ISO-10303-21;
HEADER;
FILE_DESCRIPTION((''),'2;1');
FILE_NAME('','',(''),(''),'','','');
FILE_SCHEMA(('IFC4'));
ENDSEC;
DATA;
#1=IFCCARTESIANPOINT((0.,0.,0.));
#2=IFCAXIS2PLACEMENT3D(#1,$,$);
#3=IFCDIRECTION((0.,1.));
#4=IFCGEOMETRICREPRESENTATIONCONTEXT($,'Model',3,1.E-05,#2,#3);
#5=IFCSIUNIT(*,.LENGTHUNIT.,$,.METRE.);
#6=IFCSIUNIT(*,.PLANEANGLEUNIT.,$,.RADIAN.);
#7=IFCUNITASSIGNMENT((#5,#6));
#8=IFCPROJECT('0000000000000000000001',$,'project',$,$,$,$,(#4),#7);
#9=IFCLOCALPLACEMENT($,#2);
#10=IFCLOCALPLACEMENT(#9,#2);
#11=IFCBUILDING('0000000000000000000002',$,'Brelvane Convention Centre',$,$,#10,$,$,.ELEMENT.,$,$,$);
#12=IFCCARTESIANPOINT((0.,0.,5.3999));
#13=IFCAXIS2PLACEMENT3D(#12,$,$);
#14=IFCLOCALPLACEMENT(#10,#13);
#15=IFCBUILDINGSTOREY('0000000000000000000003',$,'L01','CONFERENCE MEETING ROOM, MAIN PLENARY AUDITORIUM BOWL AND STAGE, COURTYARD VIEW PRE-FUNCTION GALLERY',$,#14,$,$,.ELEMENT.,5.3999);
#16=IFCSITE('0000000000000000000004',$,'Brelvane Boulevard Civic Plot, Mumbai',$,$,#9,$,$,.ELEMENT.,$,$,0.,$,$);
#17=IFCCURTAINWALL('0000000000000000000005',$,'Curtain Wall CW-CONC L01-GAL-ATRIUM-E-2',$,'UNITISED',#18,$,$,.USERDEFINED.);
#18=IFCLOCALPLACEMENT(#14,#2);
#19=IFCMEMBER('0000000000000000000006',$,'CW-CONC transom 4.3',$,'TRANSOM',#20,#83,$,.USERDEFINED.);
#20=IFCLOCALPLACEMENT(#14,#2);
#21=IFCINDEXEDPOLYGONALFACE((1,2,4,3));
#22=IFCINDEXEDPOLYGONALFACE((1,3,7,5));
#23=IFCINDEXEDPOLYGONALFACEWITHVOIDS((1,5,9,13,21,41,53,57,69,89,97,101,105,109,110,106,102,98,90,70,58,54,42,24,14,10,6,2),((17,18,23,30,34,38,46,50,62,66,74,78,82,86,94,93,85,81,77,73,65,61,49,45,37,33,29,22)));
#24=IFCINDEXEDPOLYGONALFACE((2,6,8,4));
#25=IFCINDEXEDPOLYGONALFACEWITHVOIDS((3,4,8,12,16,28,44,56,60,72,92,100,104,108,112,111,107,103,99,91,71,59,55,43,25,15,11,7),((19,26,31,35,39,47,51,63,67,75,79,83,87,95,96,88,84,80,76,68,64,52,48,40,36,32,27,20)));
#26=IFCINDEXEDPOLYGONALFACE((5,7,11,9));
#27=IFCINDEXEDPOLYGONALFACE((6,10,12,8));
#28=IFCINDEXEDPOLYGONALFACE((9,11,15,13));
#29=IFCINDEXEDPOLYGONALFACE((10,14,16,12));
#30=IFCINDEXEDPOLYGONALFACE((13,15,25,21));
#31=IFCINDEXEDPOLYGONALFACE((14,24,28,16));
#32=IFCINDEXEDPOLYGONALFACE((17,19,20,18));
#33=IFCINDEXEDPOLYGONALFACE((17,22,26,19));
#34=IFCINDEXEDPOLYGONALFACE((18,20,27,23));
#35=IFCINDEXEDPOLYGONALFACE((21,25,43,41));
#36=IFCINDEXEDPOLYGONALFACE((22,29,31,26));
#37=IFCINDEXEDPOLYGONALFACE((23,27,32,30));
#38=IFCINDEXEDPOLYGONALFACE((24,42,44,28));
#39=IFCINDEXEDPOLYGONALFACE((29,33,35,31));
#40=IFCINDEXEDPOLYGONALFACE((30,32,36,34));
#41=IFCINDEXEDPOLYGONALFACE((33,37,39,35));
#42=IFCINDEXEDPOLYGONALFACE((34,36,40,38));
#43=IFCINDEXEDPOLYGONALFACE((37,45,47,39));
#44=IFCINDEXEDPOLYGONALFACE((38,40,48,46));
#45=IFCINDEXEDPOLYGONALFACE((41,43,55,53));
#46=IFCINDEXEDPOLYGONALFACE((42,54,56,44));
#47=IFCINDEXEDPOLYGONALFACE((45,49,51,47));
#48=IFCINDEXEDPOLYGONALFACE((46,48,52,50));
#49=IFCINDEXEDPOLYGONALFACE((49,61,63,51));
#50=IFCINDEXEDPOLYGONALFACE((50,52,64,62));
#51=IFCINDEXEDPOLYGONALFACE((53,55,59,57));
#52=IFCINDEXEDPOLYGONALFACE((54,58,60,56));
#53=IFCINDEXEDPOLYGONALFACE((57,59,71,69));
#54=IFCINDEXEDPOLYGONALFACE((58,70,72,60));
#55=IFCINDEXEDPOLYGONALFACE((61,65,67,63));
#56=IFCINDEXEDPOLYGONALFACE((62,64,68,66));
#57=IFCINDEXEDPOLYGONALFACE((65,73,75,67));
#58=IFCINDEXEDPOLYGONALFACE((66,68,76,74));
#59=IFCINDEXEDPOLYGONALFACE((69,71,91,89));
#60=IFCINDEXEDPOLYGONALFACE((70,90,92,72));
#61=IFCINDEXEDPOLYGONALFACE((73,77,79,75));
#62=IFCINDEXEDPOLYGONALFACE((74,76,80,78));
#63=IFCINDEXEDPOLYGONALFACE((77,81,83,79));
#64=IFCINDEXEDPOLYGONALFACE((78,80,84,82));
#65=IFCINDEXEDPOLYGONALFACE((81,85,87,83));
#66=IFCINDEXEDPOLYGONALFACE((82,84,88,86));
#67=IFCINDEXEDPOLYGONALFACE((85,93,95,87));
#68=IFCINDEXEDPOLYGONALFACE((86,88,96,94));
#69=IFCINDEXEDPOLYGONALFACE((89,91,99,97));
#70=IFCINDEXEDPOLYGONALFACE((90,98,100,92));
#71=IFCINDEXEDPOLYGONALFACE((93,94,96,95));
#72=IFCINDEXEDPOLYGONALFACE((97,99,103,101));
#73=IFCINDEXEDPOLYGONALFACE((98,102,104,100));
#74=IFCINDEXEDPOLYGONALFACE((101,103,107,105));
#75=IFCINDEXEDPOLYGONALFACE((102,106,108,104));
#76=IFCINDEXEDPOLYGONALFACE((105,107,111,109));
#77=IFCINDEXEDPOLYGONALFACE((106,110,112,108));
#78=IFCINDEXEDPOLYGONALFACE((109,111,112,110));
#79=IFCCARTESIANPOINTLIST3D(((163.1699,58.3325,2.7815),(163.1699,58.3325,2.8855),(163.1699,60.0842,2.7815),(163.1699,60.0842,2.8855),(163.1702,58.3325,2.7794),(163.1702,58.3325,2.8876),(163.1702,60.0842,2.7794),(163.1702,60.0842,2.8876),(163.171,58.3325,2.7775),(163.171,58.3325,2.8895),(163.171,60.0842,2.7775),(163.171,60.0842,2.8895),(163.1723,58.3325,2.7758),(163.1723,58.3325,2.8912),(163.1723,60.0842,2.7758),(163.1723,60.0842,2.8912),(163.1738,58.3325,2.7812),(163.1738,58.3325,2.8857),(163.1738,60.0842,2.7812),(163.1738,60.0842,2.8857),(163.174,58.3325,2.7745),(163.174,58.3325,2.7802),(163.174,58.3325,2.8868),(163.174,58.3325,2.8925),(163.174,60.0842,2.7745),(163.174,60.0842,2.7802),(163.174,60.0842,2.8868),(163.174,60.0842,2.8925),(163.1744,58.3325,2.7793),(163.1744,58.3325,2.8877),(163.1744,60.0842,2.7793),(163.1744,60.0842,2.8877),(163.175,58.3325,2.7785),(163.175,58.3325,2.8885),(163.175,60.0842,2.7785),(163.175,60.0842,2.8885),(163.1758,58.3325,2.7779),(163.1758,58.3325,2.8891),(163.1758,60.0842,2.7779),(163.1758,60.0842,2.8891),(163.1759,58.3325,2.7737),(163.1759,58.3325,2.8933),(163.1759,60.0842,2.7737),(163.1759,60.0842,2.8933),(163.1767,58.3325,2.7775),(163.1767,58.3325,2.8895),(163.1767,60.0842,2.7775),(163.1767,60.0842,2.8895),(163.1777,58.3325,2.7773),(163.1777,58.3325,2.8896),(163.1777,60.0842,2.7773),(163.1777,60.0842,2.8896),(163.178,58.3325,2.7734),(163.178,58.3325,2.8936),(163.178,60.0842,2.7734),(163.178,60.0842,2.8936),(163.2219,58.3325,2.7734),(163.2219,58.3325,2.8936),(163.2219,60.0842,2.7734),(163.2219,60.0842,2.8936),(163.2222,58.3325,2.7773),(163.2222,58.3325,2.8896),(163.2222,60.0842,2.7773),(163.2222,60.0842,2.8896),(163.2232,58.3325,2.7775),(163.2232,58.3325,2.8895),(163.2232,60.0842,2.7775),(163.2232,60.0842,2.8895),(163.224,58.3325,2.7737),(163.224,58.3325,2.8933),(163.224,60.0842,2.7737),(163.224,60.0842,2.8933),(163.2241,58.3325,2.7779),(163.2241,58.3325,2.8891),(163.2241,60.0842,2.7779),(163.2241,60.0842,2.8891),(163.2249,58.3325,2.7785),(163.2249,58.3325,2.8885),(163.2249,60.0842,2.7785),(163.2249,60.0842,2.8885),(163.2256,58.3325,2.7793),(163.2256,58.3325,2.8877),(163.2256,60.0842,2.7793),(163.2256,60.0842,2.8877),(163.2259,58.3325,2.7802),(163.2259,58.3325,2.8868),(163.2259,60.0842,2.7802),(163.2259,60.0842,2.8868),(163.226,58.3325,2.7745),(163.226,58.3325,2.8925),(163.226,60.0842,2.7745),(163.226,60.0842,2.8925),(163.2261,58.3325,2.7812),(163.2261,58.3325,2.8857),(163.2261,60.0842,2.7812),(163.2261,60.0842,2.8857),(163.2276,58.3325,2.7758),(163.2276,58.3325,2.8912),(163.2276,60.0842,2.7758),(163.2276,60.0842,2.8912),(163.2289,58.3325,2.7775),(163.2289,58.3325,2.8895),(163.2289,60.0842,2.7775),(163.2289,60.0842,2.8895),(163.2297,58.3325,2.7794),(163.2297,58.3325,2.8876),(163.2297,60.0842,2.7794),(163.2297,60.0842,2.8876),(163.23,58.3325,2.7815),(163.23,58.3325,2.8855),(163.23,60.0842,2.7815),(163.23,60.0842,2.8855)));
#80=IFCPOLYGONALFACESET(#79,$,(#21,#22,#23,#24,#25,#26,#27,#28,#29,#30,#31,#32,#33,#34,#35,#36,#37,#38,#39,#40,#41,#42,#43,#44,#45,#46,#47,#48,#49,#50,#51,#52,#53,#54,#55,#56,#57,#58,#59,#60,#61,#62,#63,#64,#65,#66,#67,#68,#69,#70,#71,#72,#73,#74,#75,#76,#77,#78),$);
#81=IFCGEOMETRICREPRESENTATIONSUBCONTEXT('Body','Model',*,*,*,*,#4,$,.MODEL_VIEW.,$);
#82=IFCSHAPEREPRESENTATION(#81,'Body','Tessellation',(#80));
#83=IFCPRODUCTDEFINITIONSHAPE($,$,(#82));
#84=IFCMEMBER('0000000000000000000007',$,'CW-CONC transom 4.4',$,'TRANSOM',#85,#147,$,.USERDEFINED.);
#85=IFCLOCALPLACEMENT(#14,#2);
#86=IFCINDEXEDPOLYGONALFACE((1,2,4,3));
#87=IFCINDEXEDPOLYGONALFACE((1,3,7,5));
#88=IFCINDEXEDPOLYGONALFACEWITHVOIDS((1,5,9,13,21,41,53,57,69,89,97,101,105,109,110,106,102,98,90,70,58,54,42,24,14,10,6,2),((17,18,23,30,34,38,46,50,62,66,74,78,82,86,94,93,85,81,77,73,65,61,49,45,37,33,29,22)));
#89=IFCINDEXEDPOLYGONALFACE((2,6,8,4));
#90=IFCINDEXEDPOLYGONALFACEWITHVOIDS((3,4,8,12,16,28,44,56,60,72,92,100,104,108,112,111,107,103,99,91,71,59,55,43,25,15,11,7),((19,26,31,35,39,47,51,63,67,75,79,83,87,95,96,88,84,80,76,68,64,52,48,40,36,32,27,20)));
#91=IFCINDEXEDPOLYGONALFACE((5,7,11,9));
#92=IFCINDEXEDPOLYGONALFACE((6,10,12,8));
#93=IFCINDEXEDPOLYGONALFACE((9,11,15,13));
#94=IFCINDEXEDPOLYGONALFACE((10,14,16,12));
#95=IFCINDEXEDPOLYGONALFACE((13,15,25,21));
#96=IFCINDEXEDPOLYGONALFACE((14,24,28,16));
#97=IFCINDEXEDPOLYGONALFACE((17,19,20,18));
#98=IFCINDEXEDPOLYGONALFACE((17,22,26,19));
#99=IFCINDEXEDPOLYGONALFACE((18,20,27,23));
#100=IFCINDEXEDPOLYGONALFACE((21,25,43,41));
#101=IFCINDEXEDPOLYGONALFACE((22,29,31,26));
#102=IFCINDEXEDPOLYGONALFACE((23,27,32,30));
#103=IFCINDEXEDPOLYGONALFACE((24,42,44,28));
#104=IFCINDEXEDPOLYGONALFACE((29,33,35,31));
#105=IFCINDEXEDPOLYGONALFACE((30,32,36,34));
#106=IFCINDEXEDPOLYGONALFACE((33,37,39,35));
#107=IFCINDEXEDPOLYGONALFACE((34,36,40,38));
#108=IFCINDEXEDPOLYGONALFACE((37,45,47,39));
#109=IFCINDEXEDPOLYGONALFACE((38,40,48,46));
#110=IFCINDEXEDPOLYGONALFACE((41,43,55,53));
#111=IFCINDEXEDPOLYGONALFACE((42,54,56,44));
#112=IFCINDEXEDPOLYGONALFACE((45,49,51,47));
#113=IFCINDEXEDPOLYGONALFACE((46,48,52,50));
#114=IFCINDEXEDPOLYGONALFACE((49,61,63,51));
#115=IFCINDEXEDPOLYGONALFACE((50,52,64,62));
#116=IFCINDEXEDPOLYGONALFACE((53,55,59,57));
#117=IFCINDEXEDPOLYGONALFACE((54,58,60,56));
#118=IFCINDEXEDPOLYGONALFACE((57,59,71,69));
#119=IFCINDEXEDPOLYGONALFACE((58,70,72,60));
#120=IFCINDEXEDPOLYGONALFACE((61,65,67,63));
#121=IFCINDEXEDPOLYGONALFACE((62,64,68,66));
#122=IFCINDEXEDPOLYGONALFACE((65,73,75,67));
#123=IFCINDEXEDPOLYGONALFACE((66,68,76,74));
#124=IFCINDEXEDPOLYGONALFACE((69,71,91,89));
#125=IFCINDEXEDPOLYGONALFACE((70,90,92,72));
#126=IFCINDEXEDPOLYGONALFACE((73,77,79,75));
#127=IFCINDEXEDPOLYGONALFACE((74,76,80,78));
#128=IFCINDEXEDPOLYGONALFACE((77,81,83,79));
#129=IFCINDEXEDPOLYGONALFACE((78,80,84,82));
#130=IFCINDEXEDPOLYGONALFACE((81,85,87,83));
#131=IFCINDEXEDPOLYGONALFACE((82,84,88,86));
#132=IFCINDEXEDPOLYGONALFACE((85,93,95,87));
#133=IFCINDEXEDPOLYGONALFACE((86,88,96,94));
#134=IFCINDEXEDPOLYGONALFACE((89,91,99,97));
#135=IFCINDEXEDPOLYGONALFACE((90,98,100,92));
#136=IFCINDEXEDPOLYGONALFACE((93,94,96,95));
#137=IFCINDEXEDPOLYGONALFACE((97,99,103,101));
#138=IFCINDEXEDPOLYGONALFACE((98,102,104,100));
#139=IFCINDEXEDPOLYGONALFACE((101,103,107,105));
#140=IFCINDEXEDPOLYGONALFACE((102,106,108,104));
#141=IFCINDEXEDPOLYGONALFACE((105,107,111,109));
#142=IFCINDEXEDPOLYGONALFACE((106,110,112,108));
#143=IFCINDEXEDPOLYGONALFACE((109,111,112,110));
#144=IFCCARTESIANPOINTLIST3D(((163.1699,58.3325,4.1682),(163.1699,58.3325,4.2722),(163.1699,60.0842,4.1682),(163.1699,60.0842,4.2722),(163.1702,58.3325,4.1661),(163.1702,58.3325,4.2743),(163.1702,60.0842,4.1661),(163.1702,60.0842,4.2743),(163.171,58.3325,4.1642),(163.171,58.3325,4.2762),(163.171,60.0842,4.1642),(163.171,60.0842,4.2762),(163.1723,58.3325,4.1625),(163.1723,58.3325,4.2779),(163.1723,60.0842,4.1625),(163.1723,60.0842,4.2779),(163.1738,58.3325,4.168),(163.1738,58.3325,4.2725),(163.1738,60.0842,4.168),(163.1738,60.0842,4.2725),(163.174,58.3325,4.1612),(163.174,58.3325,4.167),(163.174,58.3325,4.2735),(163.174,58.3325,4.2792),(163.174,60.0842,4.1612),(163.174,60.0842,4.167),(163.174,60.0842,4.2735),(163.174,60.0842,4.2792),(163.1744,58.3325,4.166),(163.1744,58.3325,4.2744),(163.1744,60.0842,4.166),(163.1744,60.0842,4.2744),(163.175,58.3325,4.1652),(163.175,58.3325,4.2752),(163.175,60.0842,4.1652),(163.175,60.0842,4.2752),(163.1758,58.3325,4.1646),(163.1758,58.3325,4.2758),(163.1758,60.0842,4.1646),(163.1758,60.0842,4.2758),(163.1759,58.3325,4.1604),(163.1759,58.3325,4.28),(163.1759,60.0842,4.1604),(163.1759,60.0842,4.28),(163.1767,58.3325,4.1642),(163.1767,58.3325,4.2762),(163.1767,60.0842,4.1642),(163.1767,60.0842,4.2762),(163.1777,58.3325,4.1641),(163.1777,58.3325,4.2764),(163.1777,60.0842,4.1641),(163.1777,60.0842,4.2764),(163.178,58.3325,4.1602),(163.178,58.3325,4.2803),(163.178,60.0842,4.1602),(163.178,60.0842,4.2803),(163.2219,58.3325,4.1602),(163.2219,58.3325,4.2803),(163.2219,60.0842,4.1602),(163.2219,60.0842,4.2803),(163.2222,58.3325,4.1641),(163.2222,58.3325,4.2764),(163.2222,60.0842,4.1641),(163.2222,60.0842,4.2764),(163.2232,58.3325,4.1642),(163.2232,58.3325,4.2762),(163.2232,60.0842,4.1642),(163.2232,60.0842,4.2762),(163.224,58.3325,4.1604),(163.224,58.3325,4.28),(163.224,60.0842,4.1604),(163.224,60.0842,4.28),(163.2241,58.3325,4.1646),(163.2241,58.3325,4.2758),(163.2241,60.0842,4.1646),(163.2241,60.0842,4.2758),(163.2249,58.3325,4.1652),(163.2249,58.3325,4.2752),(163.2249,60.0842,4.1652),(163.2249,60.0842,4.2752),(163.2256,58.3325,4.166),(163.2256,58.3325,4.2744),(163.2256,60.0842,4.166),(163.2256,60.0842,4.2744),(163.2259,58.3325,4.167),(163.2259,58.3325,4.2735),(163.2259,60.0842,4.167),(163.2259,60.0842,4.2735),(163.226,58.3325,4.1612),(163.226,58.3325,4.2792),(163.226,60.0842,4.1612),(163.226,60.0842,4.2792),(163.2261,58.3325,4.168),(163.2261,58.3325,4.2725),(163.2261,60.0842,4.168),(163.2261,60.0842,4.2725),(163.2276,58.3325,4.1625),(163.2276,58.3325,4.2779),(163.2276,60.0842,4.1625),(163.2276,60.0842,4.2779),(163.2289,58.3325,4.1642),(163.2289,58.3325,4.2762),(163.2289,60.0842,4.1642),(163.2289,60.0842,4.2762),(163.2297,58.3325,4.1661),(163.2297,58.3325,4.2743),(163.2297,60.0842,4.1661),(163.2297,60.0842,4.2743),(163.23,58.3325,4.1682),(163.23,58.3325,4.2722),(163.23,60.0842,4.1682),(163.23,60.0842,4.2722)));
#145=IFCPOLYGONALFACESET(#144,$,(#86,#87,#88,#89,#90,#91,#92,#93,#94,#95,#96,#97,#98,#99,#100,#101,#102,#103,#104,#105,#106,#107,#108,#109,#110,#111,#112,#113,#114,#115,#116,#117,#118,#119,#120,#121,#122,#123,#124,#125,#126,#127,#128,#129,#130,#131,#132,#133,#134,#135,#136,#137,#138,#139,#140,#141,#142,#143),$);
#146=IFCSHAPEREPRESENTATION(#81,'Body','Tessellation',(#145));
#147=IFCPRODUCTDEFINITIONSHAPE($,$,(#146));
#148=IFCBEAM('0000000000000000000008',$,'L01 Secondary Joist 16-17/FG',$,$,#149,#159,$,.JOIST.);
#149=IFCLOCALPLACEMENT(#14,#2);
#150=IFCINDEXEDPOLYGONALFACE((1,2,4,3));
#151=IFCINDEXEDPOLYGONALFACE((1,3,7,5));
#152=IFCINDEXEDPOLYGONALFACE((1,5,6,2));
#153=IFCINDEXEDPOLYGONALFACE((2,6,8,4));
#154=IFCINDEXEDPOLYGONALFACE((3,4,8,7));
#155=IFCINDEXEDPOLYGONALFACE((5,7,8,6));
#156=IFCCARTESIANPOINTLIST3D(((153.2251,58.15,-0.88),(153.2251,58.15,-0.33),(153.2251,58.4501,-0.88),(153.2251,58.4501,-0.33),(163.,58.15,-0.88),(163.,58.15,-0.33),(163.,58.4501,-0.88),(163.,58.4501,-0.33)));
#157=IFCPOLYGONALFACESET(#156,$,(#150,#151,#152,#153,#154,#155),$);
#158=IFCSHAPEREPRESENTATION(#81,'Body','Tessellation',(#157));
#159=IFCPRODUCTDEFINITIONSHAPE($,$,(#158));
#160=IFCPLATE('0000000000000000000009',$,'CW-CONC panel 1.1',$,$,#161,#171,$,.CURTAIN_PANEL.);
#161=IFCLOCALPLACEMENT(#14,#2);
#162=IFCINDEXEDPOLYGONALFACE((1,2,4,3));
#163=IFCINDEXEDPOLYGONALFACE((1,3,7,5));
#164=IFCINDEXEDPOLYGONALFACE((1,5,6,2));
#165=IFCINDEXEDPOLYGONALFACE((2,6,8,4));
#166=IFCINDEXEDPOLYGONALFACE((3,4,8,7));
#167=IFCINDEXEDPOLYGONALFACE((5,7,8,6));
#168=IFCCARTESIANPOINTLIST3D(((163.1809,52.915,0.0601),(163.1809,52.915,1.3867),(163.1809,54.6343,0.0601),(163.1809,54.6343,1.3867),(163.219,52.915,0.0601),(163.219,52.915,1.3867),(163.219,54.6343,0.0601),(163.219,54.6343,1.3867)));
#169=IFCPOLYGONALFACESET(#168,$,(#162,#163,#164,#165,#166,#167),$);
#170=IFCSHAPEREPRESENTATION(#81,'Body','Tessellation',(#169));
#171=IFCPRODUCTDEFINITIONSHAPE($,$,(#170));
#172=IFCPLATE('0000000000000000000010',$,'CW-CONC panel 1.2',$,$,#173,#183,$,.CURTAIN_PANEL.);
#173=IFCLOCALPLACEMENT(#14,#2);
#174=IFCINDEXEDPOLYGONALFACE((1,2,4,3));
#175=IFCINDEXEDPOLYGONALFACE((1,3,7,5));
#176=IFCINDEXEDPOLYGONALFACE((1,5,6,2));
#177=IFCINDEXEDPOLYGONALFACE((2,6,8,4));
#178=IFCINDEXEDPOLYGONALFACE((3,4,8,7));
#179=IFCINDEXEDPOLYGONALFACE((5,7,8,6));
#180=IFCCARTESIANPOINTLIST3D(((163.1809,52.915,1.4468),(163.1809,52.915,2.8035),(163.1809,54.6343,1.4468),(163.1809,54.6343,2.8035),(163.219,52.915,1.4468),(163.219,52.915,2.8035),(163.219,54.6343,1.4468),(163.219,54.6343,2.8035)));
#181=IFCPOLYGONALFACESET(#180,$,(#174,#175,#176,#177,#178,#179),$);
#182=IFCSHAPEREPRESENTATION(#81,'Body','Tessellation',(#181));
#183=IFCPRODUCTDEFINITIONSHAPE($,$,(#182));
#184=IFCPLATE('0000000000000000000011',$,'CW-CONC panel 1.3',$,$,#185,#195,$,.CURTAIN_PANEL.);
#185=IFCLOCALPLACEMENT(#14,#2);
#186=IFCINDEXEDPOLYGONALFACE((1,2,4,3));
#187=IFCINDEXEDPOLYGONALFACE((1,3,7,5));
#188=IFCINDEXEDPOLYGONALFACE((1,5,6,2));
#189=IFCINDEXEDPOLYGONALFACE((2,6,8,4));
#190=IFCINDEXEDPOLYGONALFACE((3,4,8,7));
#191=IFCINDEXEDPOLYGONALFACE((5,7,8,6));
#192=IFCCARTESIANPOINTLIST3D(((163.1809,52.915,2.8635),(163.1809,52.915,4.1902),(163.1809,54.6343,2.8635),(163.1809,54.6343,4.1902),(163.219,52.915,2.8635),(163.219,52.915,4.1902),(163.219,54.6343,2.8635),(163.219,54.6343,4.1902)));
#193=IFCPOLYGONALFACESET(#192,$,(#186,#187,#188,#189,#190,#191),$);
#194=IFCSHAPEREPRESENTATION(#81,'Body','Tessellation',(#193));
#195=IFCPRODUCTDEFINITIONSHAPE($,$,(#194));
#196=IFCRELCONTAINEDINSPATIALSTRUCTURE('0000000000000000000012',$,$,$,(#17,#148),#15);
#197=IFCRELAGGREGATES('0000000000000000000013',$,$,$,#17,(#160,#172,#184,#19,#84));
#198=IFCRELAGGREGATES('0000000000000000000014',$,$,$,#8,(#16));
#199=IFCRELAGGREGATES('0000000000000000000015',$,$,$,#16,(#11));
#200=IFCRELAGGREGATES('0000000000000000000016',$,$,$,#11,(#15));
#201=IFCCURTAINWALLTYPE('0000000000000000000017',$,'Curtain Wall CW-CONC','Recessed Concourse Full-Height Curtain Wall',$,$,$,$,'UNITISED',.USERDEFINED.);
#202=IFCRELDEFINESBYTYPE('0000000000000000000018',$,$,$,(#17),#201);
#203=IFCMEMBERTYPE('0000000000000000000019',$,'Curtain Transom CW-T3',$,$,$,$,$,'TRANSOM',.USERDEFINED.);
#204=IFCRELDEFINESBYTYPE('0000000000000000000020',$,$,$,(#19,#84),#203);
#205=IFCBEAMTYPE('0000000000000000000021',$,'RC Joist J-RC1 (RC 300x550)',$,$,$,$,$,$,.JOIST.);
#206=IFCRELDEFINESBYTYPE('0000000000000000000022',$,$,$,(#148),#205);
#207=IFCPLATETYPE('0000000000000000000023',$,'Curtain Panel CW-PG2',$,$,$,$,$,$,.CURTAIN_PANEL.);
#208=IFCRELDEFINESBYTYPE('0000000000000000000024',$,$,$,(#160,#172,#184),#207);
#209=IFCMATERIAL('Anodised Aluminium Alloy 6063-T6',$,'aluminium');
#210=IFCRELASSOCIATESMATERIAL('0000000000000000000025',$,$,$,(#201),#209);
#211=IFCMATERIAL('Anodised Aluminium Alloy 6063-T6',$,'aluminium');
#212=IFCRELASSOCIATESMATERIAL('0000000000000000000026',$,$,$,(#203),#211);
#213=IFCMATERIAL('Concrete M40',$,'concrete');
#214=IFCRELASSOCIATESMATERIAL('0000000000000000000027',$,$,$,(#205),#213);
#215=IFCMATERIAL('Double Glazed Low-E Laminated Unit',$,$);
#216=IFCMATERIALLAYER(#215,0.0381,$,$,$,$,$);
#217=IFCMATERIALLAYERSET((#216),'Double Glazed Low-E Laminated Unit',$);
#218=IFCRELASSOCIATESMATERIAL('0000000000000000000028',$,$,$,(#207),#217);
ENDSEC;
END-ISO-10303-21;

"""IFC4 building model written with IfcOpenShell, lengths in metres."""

from ifc_helpers import new_model, si_unit, direction, frame, origin, origin_2d, place, context, subcontext, project, spatial, rectangle, hollow_rectangle, extrude, material, layer, layer_set, material_profile, profile_set, type_object, element, aggregate, save


model = new_model("IFC4")

# Units and contexts
model_context = context("Model", 3, precision=1e-05, world=origin(), true_north=direction((0.0, 1.0)))
body_context = subcontext(model_context, "Body", "Model", "MODEL_VIEW")
ifc_project = project(units=[si_unit("LENGTHUNIT", "METRE"), si_unit("PLANEANGLEUNIT", "RADIAN")], contexts=[model_context])

# Site, building, storey
site_placement = place(None, origin())
site = spatial("IfcSite", under=ifc_project, at=site_placement, Name="Brelvane Boulevard Civic Plot, Mumbai", CompositionType="ELEMENT", RefElevation=0.0)
building_placement = place(site_placement, origin())
building = spatial("IfcBuilding", under=site, at=building_placement, Name="Brelvane Convention Centre", CompositionType="ELEMENT")
storey_placement = place(building_placement, frame((0.0, 0.0, 5.3999)))
storey = spatial("IfcBuildingStorey", under=building, at=storey_placement, Name="L01", Description="CONFERENCE MEETING ROOM, MAIN PLENARY AUDITORIUM BOWL AND STAGE, COURTYARD VIEW PRE-FUNCTION GALLERY", CompositionType="ELEMENT", Elevation=5.3999)

# Curtain wall, members
ifc_material_1 = material(Name="Anodised Aluminium Alloy 6063-T6", Category="aluminium")
curtain_wall_type = type_object("IfcCurtainWallType", Name="Curtain Wall CW-CONC", Description="Recessed Concourse Full-Height Curtain Wall", ElementType="UNITISED", PredefinedType="USERDEFINED", material=ifc_material_1)
curtain_wall_placement = place(storey_placement, origin())
curtain_wall = element("IfcCurtainWall", 1, at=curtain_wall_placement, inside=storey, type_object=curtain_wall_type, Name="Curtain Wall CW-CONC L01-GAL-ATRIUM-E-2", ObjectType="UNITISED", PredefinedType="USERDEFINED")
ifc_material_2 = material(Name="Anodised Aluminium Alloy 6063-T6", Category="aluminium")
ifc_material_profile_1 = material_profile(ifc_material_2, hollow_rectangle(XDim=0.0601, YDim=0.1201, WallThickness=0.0039, InnerFilletRadius=0.0039, OuterFilletRadius=0.0081, at=origin_2d()), Name="ALU-T 120x60x4.0")
ifc_profile_set_1 = profile_set([ifc_material_profile_1], Name="Anodised Aluminium Alloy 6063-T6")
member_type_1 = type_object("IfcMemberType", Name="Curtain Transom CW-T3", ElementType="TRANSOM", PredefinedType="USERDEFINED", material=ifc_profile_set_1)
member_1_placement = place(storey_placement, frame((163.2, 58.3325, 2.8335), z_axis=(0.0, 1.0, 0.0), x_axis=(-1.0, 0.0, 0.0)))
member_1 = element("IfcMember", 2, at=member_1_placement, type_object=member_type_1, Name="CW-CONC transom 4.3", ObjectType="TRANSOM", PredefinedType="USERDEFINED", context=body_context, shape_type="SweptSolid", body=[
    extrude(hollow_rectangle(XDim=0.0601, YDim=0.1201, WallThickness=0.0039, InnerFilletRadius=0.0039, OuterFilletRadius=0.0081, at=origin_2d()), origin(), (0.0, 0.0, 1.0), 1.7517),
])
member_2_placement = place(storey_placement, frame((163.2, 58.3325, 4.2202), z_axis=(0.0, 1.0, 0.0), x_axis=(-1.0, 0.0, 0.0)))
member_2 = element("IfcMember", 3, at=member_2_placement, type_object=member_type_1, Name="CW-CONC transom 4.4", ObjectType="TRANSOM", PredefinedType="USERDEFINED", context=body_context, shape_type="SweptSolid", body=[
    extrude(hollow_rectangle(XDim=0.0601, YDim=0.1201, WallThickness=0.0039, InnerFilletRadius=0.0039, OuterFilletRadius=0.0081, at=origin_2d()), origin(), (0.0, 0.0, 1.0), 1.7517),
])

# Beam
ifc_material_3 = material(Name="Concrete M40", Category="concrete")
ifc_material_profile_2 = material_profile(ifc_material_3, rectangle(XDim=0.3, YDim=0.55, at=origin_2d()), Name="RC 300x550")
ifc_profile_set_2 = profile_set([ifc_material_profile_2], Name="Concrete M40")
beam_type = type_object("IfcBeamType", Name="RC Joist J-RC1 (RC 300x550)", PredefinedType="JOIST", material=ifc_profile_set_2)
beam_placement = place(storey_placement, frame((153.2251, 58.3, -0.605), z_axis=(1.0, 0.0, 0.0), x_axis=(0.0, 1.0, 0.0)))
element("IfcBeam", 4, at=beam_placement, inside=storey, type_object=beam_type, Name="L01 Secondary Joist 16-17/FG", PredefinedType="JOIST", context=body_context, shape_type="SweptSolid", body=[
    extrude(rectangle(XDim=0.3, YDim=0.55, at=origin_2d()), origin(), (0.0, 0.0, 1.0), 9.7749),
])

# Plates
ifc_material_4 = material(Name="Double Glazed Low-E Laminated Unit")
ifc_layer = layer(ifc_material_4, 0.0381)
ifc_layer_set = layer_set([ifc_layer], Name="Double Glazed Low-E Laminated Unit")
plate_type = type_object("IfcPlateType", Name="Curtain Panel CW-PG2", PredefinedType="CURTAIN_PANEL", material=ifc_layer_set)
plate_1_placement = place(storey_placement, frame((163.2, 53.7747, 0.0601), z_axis=(0.0, 0.0, 1.0), x_axis=(0.0, 1.0, 0.0)))
plate_1 = element("IfcPlate", 5, at=plate_1_placement, type_object=plate_type, Name="CW-CONC panel 1.1", PredefinedType="CURTAIN_PANEL", context=body_context, shape_type="SweptSolid", body=[
    extrude(rectangle(XDim=1.7192, YDim=0.0381, at=origin_2d()), origin(), (0.0, 0.0, 1.0), 1.3267),
])
plate_2_placement = place(storey_placement, frame((163.2, 53.7747, 1.4468), z_axis=(0.0, 0.0, 1.0), x_axis=(0.0, 1.0, 0.0)))
plate_2 = element("IfcPlate", 6, at=plate_2_placement, type_object=plate_type, Name="CW-CONC panel 1.2", PredefinedType="CURTAIN_PANEL", context=body_context, shape_type="SweptSolid", body=[
    extrude(rectangle(XDim=1.7192, YDim=0.0381, at=origin_2d()), origin(), (0.0, 0.0, 1.0), 1.3567),
])
plate_3_placement = place(storey_placement, frame((163.2, 53.7747, 2.8635), z_axis=(0.0, 0.0, 1.0), x_axis=(0.0, 1.0, 0.0)))
plate_3 = element("IfcPlate", 7, at=plate_3_placement, type_object=plate_type, Name="CW-CONC panel 1.3", PredefinedType="CURTAIN_PANEL", context=body_context, shape_type="SweptSolid", body=[
    extrude(rectangle(XDim=1.7192, YDim=0.0381, at=origin_2d()), origin(), (0.0, 0.0, 1.0), 1.3267),
])
aggregate(curtain_wall, [plate_1, plate_2, plate_3, member_1, member_2])

save(model, "model.ifc")
